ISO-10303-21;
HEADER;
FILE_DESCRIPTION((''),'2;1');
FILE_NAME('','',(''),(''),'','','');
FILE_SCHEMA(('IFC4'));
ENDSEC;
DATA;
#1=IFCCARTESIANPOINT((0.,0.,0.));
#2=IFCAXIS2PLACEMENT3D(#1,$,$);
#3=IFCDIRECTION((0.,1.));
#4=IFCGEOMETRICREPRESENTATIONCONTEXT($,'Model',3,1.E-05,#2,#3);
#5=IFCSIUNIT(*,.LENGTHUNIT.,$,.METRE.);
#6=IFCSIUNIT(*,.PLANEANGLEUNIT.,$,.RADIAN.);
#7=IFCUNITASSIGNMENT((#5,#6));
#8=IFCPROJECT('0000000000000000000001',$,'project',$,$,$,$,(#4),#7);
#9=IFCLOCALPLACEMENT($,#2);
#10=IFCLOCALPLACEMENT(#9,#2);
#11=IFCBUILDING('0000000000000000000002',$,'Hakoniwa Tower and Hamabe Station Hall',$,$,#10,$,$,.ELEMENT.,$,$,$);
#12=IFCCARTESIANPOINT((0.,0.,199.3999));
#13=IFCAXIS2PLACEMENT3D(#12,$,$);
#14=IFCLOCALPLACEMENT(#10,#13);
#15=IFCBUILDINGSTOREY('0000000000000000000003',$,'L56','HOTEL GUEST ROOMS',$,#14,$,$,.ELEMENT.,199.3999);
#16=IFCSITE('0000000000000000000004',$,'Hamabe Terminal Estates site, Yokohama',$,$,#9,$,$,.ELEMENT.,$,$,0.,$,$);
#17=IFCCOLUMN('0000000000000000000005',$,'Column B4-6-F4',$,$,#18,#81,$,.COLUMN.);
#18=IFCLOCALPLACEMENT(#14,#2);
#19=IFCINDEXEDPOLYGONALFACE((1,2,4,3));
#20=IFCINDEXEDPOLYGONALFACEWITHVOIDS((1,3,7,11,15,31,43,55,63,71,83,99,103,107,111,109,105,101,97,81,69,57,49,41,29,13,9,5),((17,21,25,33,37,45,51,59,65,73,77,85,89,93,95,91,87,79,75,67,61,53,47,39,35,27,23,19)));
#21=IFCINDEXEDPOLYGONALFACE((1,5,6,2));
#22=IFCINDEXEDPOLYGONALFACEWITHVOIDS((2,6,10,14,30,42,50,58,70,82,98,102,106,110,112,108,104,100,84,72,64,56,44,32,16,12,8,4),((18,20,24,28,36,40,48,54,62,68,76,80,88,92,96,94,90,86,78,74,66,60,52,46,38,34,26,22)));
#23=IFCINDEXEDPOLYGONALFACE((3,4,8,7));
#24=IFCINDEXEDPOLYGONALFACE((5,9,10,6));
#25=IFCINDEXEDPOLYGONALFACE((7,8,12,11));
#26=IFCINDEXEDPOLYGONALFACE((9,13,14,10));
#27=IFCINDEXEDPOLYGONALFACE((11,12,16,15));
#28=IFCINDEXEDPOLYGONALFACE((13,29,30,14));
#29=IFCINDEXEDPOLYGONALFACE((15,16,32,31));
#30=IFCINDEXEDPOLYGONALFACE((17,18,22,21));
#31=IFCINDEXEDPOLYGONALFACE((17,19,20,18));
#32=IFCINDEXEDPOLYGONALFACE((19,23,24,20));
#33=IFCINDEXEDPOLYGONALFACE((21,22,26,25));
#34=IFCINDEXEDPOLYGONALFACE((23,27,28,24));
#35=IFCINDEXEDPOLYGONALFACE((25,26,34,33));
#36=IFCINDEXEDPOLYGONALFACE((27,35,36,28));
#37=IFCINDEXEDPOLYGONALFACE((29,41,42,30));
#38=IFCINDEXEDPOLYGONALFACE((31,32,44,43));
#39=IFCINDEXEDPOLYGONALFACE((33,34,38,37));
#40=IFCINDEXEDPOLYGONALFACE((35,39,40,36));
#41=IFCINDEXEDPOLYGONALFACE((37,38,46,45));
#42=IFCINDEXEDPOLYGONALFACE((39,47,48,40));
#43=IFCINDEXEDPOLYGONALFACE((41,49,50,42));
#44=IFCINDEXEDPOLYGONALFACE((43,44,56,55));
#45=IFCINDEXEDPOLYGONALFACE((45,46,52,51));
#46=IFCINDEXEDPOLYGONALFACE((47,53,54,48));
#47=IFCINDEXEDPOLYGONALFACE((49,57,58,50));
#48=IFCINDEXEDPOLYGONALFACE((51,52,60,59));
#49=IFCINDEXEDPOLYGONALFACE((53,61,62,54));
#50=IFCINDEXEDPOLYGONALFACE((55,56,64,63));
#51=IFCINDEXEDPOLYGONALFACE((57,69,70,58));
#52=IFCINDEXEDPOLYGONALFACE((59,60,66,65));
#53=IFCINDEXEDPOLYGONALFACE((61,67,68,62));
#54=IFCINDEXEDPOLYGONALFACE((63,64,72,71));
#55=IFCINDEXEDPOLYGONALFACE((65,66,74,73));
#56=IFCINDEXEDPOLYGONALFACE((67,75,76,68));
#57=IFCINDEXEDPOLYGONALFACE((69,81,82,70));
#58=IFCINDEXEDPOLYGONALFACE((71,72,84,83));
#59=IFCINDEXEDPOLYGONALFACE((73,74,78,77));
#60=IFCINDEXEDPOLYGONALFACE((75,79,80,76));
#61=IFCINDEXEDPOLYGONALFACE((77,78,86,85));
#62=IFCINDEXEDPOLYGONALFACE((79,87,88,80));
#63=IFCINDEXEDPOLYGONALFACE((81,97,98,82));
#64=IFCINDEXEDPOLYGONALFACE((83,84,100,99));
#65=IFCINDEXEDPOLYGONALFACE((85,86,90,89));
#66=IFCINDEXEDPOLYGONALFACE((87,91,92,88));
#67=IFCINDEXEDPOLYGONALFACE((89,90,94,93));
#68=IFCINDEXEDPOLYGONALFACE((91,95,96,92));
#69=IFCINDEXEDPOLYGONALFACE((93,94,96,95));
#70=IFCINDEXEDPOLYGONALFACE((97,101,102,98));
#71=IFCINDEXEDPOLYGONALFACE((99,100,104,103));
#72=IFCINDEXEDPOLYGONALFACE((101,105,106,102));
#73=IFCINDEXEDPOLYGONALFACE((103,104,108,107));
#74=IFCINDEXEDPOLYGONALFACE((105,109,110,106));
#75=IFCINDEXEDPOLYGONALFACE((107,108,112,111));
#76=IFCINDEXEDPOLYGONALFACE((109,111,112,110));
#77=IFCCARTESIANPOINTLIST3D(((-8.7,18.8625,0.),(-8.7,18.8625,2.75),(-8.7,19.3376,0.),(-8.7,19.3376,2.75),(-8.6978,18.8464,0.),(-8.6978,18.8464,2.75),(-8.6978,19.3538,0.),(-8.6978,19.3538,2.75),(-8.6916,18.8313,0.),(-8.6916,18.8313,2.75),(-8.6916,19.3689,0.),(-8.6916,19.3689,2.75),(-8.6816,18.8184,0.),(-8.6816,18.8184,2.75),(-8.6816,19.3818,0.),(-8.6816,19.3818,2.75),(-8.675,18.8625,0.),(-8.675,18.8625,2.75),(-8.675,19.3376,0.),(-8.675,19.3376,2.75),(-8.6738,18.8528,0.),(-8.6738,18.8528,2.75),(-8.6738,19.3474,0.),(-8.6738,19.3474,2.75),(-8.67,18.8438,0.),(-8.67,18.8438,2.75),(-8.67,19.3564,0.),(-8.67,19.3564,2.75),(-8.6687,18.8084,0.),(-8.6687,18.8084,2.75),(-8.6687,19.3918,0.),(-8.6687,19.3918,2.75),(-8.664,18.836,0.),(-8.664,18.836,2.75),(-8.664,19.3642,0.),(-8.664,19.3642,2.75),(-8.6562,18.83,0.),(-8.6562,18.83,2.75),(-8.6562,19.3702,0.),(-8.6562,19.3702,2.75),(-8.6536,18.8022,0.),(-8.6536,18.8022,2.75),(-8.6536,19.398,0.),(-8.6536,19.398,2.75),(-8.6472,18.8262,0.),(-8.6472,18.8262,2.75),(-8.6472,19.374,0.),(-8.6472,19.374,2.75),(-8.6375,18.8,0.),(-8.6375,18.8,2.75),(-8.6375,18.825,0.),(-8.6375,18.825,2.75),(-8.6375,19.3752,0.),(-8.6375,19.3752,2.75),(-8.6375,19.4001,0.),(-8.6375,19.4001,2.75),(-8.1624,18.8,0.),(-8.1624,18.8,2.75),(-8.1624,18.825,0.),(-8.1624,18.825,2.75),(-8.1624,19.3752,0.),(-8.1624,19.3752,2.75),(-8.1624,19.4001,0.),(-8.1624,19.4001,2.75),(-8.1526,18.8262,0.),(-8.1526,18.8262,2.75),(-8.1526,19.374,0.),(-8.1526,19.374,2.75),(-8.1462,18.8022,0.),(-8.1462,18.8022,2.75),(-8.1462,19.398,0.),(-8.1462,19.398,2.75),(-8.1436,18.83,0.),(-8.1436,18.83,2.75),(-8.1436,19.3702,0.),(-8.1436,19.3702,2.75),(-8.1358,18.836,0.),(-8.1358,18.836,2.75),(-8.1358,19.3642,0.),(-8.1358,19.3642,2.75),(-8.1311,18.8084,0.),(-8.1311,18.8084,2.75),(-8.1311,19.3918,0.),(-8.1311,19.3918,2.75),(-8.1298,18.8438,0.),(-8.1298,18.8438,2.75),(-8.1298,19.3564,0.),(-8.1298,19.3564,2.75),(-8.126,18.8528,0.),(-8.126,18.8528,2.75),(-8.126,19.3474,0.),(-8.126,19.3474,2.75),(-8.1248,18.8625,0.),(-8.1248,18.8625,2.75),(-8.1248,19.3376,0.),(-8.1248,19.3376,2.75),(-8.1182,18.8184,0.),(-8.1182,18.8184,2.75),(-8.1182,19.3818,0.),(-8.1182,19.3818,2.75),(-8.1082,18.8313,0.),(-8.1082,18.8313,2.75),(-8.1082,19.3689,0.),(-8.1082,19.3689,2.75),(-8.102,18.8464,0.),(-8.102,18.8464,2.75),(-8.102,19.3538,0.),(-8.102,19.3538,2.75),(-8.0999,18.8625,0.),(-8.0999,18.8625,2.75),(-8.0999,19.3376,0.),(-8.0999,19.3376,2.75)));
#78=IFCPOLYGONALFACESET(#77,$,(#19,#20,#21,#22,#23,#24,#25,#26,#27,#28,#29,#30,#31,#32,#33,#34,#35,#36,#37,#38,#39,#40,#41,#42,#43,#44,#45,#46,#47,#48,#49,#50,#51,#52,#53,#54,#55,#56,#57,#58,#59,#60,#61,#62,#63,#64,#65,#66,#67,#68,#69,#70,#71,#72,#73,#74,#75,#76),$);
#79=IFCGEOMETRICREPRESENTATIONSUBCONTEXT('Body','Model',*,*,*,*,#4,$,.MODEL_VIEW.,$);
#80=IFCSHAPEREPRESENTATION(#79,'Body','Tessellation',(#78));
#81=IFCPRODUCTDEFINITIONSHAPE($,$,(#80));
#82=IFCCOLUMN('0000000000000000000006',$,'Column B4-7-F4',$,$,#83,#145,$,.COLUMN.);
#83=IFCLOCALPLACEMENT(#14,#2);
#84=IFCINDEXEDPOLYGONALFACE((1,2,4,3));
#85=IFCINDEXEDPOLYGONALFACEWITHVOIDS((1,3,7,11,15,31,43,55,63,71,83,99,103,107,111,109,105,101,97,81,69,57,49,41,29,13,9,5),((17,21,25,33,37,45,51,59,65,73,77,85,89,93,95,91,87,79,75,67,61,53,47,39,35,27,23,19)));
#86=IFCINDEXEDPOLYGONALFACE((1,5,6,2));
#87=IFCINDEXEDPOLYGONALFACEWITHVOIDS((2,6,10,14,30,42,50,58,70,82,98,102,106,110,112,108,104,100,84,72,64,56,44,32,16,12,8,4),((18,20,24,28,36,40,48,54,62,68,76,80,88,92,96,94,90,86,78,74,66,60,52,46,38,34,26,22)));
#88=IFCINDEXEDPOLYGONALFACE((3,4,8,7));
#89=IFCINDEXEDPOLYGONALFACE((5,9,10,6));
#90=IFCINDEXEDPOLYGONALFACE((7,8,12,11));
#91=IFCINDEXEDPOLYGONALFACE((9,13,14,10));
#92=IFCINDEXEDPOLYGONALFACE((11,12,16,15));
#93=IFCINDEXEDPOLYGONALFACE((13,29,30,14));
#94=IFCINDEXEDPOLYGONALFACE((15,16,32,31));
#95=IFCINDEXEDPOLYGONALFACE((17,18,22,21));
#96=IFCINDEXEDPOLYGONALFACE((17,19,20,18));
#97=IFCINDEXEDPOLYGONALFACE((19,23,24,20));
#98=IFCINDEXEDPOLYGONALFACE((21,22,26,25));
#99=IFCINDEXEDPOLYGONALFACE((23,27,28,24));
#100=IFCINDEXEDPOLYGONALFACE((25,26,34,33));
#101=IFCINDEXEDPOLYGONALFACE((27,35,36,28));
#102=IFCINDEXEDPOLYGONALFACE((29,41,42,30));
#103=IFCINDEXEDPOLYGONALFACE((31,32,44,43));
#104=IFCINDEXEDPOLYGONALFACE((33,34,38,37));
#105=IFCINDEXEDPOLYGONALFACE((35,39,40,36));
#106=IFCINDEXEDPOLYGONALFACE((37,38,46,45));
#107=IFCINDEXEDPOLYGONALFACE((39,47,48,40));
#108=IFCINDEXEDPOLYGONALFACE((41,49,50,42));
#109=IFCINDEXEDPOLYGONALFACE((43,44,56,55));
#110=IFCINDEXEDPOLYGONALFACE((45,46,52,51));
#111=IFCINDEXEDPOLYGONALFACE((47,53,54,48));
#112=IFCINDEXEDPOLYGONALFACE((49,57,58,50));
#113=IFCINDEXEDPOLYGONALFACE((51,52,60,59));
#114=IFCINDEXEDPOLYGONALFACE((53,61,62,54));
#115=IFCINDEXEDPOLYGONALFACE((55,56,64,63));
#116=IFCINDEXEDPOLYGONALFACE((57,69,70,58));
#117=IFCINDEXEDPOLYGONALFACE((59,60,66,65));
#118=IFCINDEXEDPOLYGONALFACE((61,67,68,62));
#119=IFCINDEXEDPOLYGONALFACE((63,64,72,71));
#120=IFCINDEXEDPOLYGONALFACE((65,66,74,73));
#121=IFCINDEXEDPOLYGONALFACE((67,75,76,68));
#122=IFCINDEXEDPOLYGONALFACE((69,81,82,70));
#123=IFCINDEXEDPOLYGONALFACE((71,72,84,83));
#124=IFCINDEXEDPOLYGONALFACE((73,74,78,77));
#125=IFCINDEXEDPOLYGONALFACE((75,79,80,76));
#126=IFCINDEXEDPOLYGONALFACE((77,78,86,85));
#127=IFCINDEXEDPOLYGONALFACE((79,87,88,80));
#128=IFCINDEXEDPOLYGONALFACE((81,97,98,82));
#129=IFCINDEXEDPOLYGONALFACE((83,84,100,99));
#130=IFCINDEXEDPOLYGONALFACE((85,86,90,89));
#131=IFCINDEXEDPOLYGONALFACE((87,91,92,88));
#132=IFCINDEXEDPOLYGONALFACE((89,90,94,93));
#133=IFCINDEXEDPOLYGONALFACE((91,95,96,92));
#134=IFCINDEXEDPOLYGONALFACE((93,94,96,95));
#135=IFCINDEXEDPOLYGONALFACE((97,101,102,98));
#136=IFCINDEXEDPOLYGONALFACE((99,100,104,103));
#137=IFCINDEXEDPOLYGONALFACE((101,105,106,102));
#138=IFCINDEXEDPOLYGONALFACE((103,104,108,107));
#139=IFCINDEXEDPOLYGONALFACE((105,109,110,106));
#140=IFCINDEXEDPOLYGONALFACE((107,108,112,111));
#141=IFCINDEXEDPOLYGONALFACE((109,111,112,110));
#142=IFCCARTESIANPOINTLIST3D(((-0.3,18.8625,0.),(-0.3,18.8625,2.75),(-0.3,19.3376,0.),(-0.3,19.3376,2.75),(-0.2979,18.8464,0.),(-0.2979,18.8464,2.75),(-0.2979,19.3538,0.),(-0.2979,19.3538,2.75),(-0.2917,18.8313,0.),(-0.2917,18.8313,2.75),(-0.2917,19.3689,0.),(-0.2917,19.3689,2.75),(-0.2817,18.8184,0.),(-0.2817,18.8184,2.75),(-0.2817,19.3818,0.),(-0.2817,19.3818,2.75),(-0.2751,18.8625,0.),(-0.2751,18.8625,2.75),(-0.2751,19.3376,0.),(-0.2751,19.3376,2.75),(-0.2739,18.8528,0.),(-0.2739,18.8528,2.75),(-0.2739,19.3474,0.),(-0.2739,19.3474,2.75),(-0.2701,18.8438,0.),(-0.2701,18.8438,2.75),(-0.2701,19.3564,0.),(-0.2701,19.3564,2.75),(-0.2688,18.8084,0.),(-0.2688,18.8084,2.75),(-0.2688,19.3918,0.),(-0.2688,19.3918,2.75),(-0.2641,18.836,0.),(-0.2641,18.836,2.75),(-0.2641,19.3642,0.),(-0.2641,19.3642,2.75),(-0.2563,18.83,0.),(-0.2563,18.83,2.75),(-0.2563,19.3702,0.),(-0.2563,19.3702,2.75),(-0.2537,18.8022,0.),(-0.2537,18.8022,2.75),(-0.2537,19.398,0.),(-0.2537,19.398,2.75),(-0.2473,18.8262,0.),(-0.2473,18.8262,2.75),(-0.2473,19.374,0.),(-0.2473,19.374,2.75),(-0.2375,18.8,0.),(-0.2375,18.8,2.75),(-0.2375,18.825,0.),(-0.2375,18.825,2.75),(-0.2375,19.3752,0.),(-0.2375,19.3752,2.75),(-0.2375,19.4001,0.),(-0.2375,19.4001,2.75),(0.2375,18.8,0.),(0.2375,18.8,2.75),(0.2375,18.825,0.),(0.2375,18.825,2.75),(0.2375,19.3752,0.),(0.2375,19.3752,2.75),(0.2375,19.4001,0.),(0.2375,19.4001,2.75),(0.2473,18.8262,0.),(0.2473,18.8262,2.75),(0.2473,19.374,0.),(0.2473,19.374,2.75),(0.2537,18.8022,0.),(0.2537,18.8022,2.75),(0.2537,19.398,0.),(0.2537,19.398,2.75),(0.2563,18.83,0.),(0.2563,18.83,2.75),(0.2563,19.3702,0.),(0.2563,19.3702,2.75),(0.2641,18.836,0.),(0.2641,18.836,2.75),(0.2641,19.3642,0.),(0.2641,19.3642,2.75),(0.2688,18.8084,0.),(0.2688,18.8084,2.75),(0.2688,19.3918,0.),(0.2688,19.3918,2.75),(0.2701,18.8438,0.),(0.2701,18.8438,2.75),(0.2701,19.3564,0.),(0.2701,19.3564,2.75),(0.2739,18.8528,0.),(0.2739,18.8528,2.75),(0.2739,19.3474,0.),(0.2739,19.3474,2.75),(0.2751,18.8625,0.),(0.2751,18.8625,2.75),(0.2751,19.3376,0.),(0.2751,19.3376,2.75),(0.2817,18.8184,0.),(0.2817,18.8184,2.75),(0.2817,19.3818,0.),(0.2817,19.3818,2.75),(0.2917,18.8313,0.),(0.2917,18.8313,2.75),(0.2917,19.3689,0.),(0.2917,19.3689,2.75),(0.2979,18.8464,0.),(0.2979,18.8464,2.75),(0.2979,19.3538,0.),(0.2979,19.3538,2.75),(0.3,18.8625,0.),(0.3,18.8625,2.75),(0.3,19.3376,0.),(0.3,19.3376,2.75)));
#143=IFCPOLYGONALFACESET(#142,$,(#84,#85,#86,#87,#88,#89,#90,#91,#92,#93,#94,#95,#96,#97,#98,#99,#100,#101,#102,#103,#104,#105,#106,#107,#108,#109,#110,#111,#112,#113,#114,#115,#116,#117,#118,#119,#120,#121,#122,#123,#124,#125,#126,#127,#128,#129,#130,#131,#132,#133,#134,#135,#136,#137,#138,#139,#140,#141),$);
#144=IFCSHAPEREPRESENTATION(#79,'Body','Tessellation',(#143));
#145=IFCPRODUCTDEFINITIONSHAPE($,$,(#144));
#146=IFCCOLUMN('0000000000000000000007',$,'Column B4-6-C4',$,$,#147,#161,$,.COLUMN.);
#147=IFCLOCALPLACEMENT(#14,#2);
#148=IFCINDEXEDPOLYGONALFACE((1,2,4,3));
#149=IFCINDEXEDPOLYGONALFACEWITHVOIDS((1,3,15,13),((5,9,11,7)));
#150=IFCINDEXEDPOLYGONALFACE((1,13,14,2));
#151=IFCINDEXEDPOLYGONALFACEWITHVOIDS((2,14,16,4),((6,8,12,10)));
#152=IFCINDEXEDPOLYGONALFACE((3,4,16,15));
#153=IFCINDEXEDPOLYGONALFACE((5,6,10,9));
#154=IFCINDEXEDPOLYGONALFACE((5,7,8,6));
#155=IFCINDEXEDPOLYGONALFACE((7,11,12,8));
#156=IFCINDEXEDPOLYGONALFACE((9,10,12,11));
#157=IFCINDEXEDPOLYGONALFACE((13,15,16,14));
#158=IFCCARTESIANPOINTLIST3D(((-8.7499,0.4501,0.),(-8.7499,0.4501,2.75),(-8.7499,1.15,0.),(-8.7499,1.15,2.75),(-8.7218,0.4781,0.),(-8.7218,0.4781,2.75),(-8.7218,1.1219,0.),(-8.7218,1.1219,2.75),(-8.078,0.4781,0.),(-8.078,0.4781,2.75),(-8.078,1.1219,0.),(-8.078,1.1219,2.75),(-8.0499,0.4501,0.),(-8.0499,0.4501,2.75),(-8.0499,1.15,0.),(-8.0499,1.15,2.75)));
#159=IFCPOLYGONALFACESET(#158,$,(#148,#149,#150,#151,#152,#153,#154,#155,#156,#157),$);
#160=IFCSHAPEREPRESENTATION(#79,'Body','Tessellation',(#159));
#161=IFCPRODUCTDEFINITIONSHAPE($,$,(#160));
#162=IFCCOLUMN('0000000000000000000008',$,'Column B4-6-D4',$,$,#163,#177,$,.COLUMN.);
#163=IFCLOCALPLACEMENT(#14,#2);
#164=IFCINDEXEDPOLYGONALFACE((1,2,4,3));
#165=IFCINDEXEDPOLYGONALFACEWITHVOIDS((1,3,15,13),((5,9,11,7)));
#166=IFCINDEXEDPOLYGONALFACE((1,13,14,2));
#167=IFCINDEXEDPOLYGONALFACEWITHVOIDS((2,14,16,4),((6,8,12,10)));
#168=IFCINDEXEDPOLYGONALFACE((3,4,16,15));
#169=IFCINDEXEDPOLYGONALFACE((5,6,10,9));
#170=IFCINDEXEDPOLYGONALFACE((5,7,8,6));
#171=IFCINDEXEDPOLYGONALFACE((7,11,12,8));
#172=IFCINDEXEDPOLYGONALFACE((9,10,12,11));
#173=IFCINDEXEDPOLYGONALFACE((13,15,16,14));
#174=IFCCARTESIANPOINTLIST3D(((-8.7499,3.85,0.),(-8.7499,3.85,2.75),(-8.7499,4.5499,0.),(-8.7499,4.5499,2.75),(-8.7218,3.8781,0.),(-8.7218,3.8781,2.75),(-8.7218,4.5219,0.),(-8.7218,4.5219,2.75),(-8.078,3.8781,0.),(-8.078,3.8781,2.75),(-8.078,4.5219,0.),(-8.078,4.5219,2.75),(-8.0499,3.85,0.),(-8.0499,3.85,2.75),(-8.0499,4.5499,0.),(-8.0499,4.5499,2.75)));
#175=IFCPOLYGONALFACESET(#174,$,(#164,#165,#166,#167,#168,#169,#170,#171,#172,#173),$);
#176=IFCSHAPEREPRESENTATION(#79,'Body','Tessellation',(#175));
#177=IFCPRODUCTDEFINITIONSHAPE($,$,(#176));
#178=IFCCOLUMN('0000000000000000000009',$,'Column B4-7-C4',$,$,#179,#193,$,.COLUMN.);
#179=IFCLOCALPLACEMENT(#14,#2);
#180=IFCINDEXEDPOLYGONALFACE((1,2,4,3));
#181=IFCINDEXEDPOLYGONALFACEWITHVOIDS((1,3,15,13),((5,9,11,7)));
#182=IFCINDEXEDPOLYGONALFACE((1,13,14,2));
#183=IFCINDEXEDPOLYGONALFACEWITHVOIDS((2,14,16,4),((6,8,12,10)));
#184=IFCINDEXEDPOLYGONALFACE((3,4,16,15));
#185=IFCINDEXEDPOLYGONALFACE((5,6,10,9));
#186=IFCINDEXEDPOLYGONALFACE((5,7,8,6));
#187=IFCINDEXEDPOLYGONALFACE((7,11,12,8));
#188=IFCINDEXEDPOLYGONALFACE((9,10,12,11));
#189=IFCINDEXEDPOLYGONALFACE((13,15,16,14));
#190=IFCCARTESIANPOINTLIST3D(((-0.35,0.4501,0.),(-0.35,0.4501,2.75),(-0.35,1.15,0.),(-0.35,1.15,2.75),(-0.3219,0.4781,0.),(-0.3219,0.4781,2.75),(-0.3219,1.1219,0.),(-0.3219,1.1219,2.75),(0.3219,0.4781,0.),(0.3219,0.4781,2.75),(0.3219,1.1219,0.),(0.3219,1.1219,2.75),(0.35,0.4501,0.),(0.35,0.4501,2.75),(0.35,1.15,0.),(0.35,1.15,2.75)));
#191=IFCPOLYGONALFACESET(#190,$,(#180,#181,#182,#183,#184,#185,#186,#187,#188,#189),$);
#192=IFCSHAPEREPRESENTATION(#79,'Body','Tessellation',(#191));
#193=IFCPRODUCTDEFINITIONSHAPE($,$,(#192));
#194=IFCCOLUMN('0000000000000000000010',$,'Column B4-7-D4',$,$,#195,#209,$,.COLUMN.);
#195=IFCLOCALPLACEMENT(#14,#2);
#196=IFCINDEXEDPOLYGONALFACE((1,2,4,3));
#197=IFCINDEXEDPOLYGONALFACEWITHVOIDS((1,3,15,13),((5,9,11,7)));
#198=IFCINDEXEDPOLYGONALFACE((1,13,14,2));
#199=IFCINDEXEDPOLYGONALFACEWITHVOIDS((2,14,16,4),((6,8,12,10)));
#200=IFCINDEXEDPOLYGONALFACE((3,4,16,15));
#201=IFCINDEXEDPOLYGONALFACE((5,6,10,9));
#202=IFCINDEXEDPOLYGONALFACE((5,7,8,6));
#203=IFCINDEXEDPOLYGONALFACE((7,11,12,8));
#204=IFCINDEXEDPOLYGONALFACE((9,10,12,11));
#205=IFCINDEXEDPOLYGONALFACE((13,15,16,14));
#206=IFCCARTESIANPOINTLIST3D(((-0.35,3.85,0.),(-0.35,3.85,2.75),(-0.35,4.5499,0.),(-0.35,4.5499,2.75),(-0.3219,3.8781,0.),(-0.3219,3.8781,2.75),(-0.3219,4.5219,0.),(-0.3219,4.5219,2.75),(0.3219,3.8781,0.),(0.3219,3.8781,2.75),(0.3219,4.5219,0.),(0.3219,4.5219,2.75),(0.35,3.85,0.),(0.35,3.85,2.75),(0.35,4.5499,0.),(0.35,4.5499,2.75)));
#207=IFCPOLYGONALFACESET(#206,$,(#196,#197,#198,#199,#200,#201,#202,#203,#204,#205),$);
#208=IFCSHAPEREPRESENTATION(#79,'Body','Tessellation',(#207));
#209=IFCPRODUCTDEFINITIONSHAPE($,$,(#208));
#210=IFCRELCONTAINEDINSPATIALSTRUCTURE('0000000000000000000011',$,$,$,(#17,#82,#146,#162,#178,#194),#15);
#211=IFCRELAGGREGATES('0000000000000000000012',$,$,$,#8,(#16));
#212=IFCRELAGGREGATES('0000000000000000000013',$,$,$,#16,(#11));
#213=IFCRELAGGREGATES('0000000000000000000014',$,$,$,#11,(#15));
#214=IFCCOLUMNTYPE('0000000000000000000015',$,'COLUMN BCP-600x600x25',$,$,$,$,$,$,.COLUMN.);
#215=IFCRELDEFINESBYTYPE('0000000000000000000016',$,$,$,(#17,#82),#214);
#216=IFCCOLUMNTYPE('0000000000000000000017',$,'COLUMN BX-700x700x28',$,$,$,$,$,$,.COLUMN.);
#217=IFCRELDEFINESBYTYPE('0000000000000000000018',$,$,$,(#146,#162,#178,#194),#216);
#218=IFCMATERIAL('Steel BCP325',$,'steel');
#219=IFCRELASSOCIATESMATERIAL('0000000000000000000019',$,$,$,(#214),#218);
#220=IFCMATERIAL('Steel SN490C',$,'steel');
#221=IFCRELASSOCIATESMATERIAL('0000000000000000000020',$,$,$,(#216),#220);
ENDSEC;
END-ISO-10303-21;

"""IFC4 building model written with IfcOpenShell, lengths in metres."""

from ifc_helpers import new_model, si_unit, direction, frame, origin, origin_2d, place, context, subcontext, project, spatial, hollow_rectangle, extrude, material, material_profile, profile_set, type_object, element, save


model = new_model("IFC4")

# Units and contexts
model_context = context("Model", 3, precision=1e-05, world=origin(), true_north=direction((0.0, 1.0)))
body_context = subcontext(model_context, "Body", "Model", "MODEL_VIEW")
ifc_project = project(units=[si_unit("LENGTHUNIT", "METRE"), si_unit("PLANEANGLEUNIT", "RADIAN")], contexts=[model_context])

# Site, building, storey
site_placement = place(None, origin())
site = spatial("IfcSite", under=ifc_project, at=site_placement, Name="Hamabe Terminal Estates site, Yokohama", CompositionType="ELEMENT", RefElevation=0.0)
building_placement = place(site_placement, origin())
building = spatial("IfcBuilding", under=site, at=building_placement, Name="Hakoniwa Tower and Hamabe Station Hall", CompositionType="ELEMENT")
storey_placement = place(building_placement, frame((0.0, 0.0, 199.3999)))
storey = spatial("IfcBuildingStorey", under=building, at=storey_placement, Name="L56", Description="HOTEL GUEST ROOMS", CompositionType="ELEMENT", Elevation=199.3999)

# Columns
ifc_material_1 = material(Name="Steel BCP325", Category="steel")
ifc_material_profile_1 = material_profile(ifc_material_1, hollow_rectangle(XDim=0.6001, YDim=0.6001, WallThickness=0.0249, InnerFilletRadius=0.0376, OuterFilletRadius=0.0625, at=origin_2d()), Name="BCP-600x600x25")
ifc_profile_set_1 = profile_set([ifc_material_profile_1], Name="Steel BCP325")
column_type_1 = type_object("IfcColumnType", Name="COLUMN BCP-600x600x25", PredefinedType="COLUMN", material=ifc_profile_set_1)
for number, where, z_axis, x_axis, name in (
    (1, (-8.3999, 19.1001, 0.0), (0.0, 0.0, 1.0), (1.0, 0.0, 0.0), "Column B4-6-F4"),
    (2, (0.0, 19.1001, 0.0), (0.0, 0.0, 1.0), (1.0, 0.0, 0.0), "Column B4-7-F4"),
):
    element("IfcColumn", number, at=place(storey_placement, frame(where, z_axis=z_axis, x_axis=x_axis)), inside=storey, type_object=column_type_1, Name=name, PredefinedType="COLUMN", context=body_context, shape_type="SweptSolid", body=[
        extrude(hollow_rectangle(XDim=0.6001, YDim=0.6001, WallThickness=0.0249, InnerFilletRadius=0.0376, OuterFilletRadius=0.0625, at=origin_2d()), origin(), (0.0, 0.0, 1.0), 2.75),
    ])
ifc_material_2 = material(Name="Steel SN490C", Category="steel")
ifc_material_profile_2 = material_profile(ifc_material_2, hollow_rectangle(XDim=0.7, YDim=0.7, WallThickness=0.0281, at=origin_2d()), Name="BX-700x700x28")
ifc_profile_set_2 = profile_set([ifc_material_profile_2], Name="Steel SN490C")
column_type_2 = type_object("IfcColumnType", Name="COLUMN BX-700x700x28", PredefinedType="COLUMN", material=ifc_profile_set_2)
for number, where, z_axis, x_axis, name in (
    (3, (-8.3999, 0.8, 0.0), (0.0, 0.0, 1.0), (1.0, 0.0, 0.0), "Column B4-6-C4"),
    (4, (-8.3999, 4.2, 0.0), (0.0, 0.0, 1.0), (1.0, 0.0, 0.0), "Column B4-6-D4"),
    (5, (0.0, 0.8, 0.0), (0.0, 0.0, 1.0), (1.0, 0.0, 0.0), "Column B4-7-C4"),
    (6, (0.0, 4.2, 0.0), (0.0, 0.0, 1.0), (1.0, 0.0, 0.0), "Column B4-7-D4"),
):
    element("IfcColumn", number, at=place(storey_placement, frame(where, z_axis=z_axis, x_axis=x_axis)), inside=storey, type_object=column_type_2, Name=name, PredefinedType="COLUMN", context=body_context, shape_type="SweptSolid", body=[
        extrude(hollow_rectangle(XDim=0.7, YDim=0.7, WallThickness=0.0281, at=origin_2d()), origin(), (0.0, 0.0, 1.0), 2.75),
    ])

save(model, "model.ifc")
